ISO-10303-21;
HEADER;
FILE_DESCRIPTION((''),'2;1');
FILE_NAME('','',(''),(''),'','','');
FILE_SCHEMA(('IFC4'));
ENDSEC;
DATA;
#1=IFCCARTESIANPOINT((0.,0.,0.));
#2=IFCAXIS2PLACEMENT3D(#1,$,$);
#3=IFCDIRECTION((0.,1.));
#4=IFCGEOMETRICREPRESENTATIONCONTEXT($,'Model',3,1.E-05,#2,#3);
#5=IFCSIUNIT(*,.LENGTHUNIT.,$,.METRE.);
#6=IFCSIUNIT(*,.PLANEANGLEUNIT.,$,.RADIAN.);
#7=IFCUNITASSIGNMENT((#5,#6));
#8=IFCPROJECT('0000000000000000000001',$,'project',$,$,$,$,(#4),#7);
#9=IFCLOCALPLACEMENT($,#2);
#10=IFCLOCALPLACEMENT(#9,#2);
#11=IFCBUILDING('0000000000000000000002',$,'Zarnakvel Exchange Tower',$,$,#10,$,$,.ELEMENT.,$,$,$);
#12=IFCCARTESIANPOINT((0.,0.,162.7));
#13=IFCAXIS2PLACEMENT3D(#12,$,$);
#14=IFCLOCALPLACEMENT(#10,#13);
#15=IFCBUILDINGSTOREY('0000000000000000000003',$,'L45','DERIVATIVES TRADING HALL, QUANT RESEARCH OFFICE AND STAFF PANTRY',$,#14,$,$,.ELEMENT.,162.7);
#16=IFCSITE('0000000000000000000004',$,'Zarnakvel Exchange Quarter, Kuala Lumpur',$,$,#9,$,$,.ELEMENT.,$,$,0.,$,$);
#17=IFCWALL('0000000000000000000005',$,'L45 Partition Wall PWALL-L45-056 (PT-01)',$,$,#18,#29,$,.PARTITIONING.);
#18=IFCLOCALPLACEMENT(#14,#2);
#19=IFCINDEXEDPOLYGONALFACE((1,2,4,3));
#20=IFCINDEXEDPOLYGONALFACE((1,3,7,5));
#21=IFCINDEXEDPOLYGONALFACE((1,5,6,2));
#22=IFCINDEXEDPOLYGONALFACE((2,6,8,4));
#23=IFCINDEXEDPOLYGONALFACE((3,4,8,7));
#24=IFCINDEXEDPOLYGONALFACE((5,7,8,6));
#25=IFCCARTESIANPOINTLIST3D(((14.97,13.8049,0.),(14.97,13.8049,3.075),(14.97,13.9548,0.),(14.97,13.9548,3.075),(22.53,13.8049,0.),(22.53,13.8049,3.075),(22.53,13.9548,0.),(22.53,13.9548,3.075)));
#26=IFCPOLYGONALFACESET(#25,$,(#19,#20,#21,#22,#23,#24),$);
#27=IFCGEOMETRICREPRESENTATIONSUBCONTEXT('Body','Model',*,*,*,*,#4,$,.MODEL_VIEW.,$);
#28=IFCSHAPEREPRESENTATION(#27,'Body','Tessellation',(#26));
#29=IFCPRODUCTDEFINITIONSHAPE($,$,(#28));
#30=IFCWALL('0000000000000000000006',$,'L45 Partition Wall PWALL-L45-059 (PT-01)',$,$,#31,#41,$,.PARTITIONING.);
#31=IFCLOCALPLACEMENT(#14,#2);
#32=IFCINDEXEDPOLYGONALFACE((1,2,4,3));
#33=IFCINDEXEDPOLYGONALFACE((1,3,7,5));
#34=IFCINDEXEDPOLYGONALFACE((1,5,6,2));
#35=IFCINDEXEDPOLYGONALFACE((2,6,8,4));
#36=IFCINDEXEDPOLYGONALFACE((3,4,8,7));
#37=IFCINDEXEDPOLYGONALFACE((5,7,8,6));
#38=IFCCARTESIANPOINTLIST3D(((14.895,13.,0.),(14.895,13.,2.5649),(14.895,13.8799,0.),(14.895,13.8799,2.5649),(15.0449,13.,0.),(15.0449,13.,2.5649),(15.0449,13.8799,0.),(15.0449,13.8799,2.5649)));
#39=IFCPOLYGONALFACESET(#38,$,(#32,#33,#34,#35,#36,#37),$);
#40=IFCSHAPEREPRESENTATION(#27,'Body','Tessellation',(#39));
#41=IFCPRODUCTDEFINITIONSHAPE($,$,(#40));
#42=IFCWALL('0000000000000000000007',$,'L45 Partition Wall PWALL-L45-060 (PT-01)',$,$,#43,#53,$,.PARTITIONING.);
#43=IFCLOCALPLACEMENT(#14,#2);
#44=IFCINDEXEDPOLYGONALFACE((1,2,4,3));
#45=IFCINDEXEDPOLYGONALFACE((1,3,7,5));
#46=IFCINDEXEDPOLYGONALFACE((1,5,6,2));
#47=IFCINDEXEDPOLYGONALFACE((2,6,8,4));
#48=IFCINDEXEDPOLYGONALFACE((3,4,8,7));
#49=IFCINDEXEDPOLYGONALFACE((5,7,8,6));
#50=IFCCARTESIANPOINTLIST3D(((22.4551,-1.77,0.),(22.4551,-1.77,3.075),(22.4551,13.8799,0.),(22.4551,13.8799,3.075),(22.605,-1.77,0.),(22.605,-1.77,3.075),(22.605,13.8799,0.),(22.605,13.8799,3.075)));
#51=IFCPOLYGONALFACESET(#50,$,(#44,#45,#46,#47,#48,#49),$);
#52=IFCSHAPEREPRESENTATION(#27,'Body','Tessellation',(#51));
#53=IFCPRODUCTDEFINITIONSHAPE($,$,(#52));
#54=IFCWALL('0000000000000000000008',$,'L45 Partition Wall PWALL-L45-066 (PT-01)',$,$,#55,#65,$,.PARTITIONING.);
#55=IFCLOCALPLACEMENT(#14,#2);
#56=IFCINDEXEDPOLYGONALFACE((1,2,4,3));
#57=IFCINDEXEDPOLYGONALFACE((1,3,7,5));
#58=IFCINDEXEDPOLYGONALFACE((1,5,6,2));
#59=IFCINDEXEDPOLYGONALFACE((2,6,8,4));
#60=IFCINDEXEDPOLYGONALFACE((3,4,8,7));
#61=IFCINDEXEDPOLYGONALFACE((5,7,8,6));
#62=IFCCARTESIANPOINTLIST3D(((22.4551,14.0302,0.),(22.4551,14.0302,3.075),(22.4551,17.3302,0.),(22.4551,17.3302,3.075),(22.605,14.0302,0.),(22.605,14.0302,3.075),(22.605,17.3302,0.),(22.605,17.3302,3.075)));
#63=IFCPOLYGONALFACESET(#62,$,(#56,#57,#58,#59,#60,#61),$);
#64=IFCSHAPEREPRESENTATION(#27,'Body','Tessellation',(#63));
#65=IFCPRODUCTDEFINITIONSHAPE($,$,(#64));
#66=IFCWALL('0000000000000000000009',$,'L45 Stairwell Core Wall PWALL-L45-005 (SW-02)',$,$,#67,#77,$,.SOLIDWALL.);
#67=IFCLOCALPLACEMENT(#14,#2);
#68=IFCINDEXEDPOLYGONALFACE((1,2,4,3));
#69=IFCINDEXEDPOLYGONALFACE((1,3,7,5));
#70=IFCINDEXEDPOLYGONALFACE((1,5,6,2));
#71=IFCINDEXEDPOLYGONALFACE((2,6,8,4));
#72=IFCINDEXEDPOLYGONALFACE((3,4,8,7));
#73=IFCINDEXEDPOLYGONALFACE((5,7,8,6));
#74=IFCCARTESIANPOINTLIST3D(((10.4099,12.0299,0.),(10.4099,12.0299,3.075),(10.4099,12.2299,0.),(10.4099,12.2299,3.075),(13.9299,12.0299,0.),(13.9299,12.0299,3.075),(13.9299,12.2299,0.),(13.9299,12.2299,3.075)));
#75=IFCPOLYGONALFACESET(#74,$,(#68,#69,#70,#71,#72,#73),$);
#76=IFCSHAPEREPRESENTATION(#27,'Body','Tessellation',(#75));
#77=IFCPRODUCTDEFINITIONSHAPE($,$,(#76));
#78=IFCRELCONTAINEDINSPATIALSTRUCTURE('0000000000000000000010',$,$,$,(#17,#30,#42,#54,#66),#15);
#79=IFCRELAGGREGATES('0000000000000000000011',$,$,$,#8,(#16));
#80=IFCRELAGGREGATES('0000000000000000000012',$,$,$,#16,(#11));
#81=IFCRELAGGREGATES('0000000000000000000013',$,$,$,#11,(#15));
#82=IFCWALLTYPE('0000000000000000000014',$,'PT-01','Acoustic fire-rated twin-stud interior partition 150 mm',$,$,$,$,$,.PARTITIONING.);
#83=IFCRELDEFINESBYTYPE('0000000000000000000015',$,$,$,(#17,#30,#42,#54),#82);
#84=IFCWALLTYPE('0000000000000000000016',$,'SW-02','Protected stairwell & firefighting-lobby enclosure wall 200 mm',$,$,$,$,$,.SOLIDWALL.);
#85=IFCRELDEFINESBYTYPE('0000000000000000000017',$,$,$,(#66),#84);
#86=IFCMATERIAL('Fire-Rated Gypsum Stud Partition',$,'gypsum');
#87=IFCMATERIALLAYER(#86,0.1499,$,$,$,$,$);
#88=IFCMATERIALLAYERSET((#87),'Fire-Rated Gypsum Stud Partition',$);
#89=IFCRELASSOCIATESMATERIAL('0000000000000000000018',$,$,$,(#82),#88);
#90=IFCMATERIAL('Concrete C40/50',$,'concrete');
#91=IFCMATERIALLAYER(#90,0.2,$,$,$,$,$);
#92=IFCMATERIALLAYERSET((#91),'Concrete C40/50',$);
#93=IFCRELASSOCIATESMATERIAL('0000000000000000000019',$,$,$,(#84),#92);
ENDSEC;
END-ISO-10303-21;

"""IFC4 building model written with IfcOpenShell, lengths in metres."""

from ifc_helpers import new_model, si_unit, direction, frame, frame_2d, origin, place, context, subcontext, project, spatial, rectangle, extrude, material, layer, layer_set, type_object, element, save


model = new_model("IFC4")

# Units and contexts
model_context = context("Model", 3, precision=1e-05, world=origin(), true_north=direction((0.0, 1.0)))
body_context = subcontext(model_context, "Body", "Model", "MODEL_VIEW")
ifc_project = project(units=[si_unit("LENGTHUNIT", "METRE"), si_unit("PLANEANGLEUNIT", "RADIAN")], contexts=[model_context])

# Site, building, storey
site_placement = place(None, origin())
site = spatial("IfcSite", under=ifc_project, at=site_placement, Name="Zarnakvel Exchange Quarter, Kuala Lumpur", CompositionType="ELEMENT", RefElevation=0.0)
building_placement = place(site_placement, origin())
building = spatial("IfcBuilding", under=site, at=building_placement, Name="Zarnakvel Exchange Tower", CompositionType="ELEMENT")
storey_placement = place(building_placement, frame((0.0, 0.0, 162.7)))
storey = spatial("IfcBuildingStorey", under=building, at=storey_placement, Name="L45", Description="DERIVATIVES TRADING HALL, QUANT RESEARCH OFFICE AND STAFF PANTRY", CompositionType="ELEMENT", Elevation=162.7)

# Walls
ifc_material_1 = material(Name="Fire-Rated Gypsum Stud Partition", Category="gypsum")
ifc_layer_1 = layer(ifc_material_1, 0.1499)
ifc_layer_set_1 = layer_set([ifc_layer_1], Name="Fire-Rated Gypsum Stud Partition")
wall_type_1 = type_object("IfcWallType", Name="PT-01", Description="Acoustic fire-rated twin-stud interior partition 150 mm", PredefinedType="PARTITIONING", material=ifc_layer_set_1)
wall_1_placement = place(storey_placement, frame((14.97, 13.8799, 0.0), z_axis=(0.0, 0.0, 1.0), x_axis=(1.0, 0.0, 0.0)))
element("IfcWall", 1, at=wall_1_placement, inside=storey, type_object=wall_type_1, Name="L45 Partition Wall PWALL-L45-056 (PT-01)", PredefinedType="PARTITIONING", context=body_context, shape_type="SweptSolid", body=[
    extrude(rectangle(XDim=7.5601, YDim=0.1499, at=frame_2d((3.78, 0.0))), origin(), (0.0, 0.0, 1.0), 3.075),
])
wall_2_placement = place(storey_placement, frame((14.97, 13.0, 0.0), z_axis=(0.0, 0.0, 1.0), x_axis=(0.0, 1.0, 0.0)))
element("IfcWall", 2, at=wall_2_placement, inside=storey, type_object=wall_type_1, Name="L45 Partition Wall PWALL-L45-059 (PT-01)", PredefinedType="PARTITIONING", context=body_context, shape_type="SweptSolid", body=[
    extrude(rectangle(XDim=0.8799, YDim=0.1499, at=frame_2d((0.4399, 0.0))), origin(), (0.0, 0.0, 1.0), 2.5649),
])
wall_3_placement = place(storey_placement, frame((22.53, 13.8799, 0.0), z_axis=(0.0, 0.0, 1.0), x_axis=(0.0, -1.0, 0.0)))
element("IfcWall", 3, at=wall_3_placement, inside=storey, type_object=wall_type_1, Name="L45 Partition Wall PWALL-L45-060 (PT-01)", PredefinedType="PARTITIONING", context=body_context, shape_type="SweptSolid", body=[
    extrude(rectangle(XDim=15.6499, YDim=0.1499, at=frame_2d((7.825, 0.0))), origin(), (0.0, 0.0, 1.0), 3.075),
])
wall_4_placement = place(storey_placement, frame((22.53, 17.3301, 0.0), z_axis=(0.0, 0.0, 1.0), x_axis=(0.0, -1.0, 0.0)))
element("IfcWall", 4, at=wall_4_placement, inside=storey, type_object=wall_type_1, Name="L45 Partition Wall PWALL-L45-066 (PT-01)", PredefinedType="PARTITIONING", context=body_context, shape_type="SweptSolid", body=[
    extrude(rectangle(XDim=3.3, YDim=0.1499, at=frame_2d((1.6499, 0.0))), origin(), (0.0, 0.0, 1.0), 3.075),
])
ifc_material_2 = material(Name="Concrete C40/50", Category="concrete")
ifc_layer_2 = layer(ifc_material_2, 0.2)
ifc_layer_set_2 = layer_set([ifc_layer_2], Name="Concrete C40/50")
wall_type_2 = type_object("IfcWallType", Name="SW-02", Description="Protected stairwell & firefighting-lobby enclosure wall 200 mm", PredefinedType="SOLIDWALL", material=ifc_layer_set_2)
wall_5_placement = place(storey_placement, frame((10.4099, 12.1299, 0.0), z_axis=(0.0, 0.0, 1.0), x_axis=(1.0, 0.0, 0.0)))
element("IfcWall", 5, at=wall_5_placement, inside=storey, type_object=wall_type_2, Name="L45 Stairwell Core Wall PWALL-L45-005 (SW-02)", PredefinedType="SOLIDWALL", context=body_context, shape_type="SweptSolid", body=[
    extrude(rectangle(XDim=3.52, YDim=0.2, at=frame_2d((1.76, 0.0))), origin(), (0.0, 0.0, 1.0), 3.075),
])

save(model, "model.ifc")
